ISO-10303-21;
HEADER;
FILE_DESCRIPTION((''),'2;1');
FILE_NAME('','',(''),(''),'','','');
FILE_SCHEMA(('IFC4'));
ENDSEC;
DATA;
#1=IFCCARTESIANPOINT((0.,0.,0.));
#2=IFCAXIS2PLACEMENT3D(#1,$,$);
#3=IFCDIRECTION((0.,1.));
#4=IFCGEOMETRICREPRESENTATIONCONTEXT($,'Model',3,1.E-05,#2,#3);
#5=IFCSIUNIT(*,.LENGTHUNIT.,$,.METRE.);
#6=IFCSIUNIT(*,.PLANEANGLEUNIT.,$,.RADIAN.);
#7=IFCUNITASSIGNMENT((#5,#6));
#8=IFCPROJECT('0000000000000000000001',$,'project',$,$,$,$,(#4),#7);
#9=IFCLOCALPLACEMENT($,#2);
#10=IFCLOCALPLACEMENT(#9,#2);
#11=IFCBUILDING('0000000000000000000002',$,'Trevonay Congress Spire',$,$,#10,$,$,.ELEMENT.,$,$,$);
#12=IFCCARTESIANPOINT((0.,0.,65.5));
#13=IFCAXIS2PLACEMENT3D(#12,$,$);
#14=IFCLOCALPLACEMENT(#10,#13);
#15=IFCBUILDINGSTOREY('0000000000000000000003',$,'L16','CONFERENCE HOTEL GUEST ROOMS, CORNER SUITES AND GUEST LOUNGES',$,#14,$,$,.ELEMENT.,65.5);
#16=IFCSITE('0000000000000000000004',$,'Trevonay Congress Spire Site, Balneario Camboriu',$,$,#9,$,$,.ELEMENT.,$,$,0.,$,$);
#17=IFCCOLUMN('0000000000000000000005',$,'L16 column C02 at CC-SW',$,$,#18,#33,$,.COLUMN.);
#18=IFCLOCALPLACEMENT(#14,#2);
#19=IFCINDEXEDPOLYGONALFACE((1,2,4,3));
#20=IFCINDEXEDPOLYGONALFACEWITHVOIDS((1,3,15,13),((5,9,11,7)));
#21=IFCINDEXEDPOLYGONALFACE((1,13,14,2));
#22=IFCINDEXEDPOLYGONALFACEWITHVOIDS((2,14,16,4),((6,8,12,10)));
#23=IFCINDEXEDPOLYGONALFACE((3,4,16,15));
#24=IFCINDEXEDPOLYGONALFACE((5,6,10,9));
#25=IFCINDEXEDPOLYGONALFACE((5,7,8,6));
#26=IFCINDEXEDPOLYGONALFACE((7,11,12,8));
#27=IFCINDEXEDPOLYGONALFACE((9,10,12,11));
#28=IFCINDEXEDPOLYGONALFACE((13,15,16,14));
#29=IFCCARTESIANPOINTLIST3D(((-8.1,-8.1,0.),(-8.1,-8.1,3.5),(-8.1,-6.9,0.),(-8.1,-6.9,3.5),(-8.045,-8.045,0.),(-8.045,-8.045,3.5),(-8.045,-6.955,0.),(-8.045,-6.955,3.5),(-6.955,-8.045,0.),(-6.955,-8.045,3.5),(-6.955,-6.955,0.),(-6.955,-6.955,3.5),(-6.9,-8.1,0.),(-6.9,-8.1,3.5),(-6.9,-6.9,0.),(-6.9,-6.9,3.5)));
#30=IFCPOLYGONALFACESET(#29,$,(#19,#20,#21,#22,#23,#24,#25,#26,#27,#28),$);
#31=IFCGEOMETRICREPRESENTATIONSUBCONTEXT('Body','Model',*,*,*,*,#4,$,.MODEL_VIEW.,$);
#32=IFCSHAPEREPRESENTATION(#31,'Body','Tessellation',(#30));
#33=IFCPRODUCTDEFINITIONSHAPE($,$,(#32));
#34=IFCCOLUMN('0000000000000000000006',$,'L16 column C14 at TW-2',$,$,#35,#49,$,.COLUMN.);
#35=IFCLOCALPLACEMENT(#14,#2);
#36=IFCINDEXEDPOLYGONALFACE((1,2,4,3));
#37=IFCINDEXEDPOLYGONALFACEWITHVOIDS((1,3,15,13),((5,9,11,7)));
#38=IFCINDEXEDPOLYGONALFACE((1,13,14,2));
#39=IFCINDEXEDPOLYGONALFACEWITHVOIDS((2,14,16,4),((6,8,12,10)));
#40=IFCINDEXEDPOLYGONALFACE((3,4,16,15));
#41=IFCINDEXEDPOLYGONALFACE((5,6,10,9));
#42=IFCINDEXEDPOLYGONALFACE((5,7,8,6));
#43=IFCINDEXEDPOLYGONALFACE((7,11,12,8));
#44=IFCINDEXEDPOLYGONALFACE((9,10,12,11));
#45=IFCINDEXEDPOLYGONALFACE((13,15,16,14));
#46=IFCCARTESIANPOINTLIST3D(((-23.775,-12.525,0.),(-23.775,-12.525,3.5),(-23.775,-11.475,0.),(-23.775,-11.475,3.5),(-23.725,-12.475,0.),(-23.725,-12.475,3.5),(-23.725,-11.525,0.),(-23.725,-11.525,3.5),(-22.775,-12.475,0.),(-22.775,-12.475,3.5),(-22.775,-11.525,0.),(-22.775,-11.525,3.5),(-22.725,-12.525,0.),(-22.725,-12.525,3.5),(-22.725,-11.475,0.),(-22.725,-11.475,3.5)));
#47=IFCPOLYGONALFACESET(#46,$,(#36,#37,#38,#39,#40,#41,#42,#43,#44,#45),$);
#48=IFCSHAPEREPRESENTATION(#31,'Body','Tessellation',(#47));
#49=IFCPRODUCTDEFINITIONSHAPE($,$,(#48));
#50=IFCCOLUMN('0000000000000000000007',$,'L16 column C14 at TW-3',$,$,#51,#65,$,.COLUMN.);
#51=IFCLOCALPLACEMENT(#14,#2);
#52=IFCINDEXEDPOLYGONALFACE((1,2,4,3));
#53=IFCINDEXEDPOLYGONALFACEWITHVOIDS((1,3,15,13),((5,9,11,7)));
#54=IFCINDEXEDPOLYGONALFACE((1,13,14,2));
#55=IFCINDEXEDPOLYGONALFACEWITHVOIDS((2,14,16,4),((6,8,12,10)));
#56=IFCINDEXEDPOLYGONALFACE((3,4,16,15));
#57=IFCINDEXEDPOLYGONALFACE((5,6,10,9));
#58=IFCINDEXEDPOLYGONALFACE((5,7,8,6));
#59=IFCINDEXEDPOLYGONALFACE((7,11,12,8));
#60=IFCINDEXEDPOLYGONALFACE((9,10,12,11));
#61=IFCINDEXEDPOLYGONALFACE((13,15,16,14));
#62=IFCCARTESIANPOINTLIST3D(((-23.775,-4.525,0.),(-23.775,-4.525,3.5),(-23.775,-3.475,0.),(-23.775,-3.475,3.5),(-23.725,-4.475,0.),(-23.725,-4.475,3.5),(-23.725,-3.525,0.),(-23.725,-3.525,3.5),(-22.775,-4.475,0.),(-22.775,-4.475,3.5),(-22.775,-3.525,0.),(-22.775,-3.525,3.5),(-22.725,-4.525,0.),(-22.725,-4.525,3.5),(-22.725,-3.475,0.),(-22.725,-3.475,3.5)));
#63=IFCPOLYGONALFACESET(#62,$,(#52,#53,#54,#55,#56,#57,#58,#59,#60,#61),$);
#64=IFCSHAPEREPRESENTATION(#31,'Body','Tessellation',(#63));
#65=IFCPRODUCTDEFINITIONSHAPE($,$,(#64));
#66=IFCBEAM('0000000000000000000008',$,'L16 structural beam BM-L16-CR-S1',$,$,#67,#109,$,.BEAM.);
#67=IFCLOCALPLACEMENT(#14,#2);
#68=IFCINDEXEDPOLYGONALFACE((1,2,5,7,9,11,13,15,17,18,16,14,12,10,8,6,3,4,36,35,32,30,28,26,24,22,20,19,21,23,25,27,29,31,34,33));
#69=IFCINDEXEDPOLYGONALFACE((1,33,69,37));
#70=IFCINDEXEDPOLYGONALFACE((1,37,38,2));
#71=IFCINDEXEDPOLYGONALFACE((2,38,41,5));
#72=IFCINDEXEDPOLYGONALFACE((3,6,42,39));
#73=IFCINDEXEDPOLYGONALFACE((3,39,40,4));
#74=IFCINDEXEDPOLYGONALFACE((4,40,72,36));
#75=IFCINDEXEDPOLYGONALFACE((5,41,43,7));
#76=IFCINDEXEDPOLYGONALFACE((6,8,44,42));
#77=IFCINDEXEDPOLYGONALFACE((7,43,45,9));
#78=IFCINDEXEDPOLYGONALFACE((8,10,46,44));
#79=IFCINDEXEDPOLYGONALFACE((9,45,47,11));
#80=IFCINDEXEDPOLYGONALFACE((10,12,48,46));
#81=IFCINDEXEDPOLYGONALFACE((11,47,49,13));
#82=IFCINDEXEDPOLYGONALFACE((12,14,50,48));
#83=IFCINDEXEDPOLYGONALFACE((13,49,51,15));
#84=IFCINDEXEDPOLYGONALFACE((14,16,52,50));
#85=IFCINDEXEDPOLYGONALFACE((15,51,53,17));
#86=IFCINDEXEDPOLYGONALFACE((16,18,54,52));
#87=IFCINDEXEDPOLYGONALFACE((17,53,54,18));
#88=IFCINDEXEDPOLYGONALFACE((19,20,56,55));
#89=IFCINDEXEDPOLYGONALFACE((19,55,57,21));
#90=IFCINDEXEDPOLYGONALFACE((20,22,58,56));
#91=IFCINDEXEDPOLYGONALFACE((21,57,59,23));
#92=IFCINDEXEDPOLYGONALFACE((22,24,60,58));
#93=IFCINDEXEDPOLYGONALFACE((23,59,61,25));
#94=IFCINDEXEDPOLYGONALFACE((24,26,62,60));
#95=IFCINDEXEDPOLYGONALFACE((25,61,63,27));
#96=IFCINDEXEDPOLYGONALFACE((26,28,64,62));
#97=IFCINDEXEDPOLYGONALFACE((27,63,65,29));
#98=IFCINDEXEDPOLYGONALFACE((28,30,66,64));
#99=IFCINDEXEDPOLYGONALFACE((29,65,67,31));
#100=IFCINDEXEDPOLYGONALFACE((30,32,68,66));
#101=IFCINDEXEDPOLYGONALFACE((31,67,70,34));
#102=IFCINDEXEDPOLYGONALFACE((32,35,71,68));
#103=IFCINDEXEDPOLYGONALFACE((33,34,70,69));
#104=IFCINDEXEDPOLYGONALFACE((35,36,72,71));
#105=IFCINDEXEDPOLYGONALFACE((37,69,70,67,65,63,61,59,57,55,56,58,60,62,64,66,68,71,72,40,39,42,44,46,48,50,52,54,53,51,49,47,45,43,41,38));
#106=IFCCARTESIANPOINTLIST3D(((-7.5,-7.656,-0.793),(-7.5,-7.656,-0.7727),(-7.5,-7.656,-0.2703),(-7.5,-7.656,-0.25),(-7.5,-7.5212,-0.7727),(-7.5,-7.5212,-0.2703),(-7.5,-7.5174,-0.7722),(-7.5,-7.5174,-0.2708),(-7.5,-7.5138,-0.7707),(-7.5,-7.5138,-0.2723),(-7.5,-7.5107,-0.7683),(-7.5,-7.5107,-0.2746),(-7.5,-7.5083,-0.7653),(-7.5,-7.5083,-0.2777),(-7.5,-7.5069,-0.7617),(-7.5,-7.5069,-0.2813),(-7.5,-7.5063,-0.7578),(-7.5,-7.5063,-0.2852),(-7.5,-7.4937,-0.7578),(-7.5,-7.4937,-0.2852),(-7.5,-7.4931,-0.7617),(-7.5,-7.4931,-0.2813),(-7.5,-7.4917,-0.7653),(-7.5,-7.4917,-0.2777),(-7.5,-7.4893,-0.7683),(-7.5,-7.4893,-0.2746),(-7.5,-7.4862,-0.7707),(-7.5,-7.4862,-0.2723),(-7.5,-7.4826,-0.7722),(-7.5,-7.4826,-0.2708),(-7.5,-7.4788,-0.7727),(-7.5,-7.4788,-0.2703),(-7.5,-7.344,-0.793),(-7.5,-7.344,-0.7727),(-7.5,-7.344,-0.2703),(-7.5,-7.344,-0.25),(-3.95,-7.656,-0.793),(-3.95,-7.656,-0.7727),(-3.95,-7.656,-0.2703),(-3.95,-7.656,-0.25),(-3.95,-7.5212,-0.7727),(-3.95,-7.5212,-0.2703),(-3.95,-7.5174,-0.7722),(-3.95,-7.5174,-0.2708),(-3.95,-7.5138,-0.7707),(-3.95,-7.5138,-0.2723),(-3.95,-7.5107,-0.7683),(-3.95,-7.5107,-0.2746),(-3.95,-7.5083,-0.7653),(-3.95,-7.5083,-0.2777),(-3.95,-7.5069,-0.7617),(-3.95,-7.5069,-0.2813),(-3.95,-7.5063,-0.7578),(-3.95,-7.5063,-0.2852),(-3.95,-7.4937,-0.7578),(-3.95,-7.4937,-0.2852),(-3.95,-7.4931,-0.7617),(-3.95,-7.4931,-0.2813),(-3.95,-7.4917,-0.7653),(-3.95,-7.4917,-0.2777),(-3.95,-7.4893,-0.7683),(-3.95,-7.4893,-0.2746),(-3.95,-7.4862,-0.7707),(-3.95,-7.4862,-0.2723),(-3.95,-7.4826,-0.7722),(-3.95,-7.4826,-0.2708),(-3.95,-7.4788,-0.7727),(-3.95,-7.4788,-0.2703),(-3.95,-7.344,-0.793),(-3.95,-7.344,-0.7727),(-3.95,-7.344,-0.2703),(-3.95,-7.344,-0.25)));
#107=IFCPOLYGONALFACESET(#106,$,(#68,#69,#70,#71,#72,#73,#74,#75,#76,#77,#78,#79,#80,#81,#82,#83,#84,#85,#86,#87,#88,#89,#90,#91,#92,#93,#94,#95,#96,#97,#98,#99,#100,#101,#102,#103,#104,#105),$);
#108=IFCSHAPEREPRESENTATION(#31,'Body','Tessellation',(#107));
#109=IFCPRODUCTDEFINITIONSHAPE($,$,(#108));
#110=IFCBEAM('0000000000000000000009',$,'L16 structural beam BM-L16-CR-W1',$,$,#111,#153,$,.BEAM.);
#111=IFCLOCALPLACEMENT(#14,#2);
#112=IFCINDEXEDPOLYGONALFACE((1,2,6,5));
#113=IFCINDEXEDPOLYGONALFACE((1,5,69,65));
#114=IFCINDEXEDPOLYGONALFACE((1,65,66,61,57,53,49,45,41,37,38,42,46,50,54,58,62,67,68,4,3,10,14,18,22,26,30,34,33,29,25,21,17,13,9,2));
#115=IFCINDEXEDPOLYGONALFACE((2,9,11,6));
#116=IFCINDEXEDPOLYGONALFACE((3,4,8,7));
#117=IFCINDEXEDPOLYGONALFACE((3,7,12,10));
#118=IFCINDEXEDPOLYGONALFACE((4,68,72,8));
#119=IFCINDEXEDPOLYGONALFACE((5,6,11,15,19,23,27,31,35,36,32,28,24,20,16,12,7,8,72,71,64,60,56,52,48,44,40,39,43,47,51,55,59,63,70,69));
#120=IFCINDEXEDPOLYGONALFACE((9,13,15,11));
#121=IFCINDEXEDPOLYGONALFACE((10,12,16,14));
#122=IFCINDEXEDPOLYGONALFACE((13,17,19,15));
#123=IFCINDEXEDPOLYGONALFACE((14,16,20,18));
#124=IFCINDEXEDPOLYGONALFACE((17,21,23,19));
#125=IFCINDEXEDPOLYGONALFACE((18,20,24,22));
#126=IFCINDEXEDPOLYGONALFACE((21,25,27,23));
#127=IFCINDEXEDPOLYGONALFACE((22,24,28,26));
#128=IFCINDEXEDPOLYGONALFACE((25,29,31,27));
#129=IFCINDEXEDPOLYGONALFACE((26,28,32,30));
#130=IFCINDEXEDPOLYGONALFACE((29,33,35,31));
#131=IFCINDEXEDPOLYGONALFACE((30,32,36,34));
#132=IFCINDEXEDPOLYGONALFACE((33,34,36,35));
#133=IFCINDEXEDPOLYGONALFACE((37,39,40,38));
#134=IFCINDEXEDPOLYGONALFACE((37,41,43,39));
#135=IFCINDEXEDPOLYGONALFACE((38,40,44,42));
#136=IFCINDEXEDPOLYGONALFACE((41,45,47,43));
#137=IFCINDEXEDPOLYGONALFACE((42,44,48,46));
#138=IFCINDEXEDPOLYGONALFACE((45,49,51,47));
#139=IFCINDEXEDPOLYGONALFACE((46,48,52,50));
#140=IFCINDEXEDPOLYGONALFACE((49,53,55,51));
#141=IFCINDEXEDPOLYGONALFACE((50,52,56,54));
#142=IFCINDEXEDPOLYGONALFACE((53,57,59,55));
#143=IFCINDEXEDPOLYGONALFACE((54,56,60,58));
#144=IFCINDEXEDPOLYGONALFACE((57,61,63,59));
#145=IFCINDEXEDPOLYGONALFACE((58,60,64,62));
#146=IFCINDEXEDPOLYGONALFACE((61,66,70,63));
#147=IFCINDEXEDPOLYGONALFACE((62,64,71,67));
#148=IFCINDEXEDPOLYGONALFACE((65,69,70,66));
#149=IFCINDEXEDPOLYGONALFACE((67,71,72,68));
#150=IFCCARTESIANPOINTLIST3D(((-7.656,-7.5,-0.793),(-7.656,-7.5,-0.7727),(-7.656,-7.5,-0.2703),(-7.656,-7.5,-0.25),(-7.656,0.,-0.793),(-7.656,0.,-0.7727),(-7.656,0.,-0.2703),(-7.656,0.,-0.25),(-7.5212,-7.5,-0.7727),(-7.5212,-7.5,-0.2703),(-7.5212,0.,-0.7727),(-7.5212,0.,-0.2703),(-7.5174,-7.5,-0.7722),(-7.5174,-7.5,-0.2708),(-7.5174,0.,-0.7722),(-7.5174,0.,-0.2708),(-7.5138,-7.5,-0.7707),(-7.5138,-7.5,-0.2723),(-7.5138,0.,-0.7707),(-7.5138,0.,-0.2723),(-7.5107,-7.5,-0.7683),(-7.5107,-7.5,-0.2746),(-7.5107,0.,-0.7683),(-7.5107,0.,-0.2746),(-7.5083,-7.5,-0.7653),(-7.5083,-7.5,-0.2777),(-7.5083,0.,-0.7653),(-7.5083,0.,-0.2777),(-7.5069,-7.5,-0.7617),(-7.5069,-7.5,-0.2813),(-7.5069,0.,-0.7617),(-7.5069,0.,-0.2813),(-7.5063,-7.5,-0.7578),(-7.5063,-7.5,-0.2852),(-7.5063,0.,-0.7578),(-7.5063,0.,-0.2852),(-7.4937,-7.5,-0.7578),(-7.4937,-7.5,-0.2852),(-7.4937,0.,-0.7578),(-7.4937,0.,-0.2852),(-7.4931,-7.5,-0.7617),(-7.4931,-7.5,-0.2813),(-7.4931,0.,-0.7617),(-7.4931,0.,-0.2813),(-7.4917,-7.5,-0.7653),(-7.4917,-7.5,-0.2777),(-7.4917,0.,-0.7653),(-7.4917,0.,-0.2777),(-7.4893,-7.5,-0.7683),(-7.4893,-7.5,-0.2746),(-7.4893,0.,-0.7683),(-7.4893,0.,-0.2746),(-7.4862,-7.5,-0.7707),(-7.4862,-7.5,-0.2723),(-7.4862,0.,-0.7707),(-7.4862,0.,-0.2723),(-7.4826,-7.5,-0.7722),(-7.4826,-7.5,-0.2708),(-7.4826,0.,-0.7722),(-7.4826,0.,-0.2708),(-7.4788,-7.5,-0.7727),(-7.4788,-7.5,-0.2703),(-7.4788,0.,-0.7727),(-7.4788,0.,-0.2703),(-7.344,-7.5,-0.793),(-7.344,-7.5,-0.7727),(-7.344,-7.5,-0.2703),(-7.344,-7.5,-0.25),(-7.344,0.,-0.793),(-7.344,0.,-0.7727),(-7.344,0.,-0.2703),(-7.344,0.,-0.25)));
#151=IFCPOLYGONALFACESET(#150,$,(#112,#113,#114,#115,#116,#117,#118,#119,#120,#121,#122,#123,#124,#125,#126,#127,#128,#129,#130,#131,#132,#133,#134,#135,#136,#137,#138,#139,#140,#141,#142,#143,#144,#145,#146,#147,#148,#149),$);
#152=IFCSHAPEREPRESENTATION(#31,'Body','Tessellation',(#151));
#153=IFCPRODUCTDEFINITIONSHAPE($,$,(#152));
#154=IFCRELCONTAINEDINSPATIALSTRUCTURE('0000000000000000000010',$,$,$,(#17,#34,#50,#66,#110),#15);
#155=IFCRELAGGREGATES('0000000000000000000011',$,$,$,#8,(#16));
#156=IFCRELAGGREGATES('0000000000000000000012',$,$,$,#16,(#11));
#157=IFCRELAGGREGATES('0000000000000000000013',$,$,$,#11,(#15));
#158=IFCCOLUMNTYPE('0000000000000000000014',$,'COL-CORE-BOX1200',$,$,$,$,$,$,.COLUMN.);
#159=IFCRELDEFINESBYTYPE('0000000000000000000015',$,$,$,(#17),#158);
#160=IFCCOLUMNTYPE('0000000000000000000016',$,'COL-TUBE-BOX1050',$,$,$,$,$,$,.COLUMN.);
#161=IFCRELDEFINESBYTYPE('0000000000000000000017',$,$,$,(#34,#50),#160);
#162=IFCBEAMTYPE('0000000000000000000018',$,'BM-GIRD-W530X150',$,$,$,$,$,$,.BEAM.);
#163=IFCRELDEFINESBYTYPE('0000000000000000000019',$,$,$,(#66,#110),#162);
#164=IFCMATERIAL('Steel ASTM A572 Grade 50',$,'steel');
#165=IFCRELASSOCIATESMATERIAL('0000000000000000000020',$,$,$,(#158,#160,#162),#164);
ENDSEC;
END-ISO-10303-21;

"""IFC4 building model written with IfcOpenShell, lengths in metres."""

from ifc_helpers import new_model, si_unit, direction, frame, origin, origin_2d, place, context, subcontext, project, spatial, hollow_rectangle, i_section, extrude, material, material_profile, profile_set, type_object, element, save


model = new_model("IFC4")

# Units and contexts
model_context = context("Model", 3, precision=1e-05, world=origin(), true_north=direction((0.0, 1.0)))
body_context = subcontext(model_context, "Body", "Model", "MODEL_VIEW")
ifc_project = project(units=[si_unit("LENGTHUNIT", "METRE"), si_unit("PLANEANGLEUNIT", "RADIAN")], contexts=[model_context])

# Site, building, storey
site_placement = place(None, origin())
site = spatial("IfcSite", under=ifc_project, at=site_placement, Name="Trevonay Congress Spire Site, Balneario Camboriu", CompositionType="ELEMENT", RefElevation=0.0)
building_placement = place(site_placement, origin())
building = spatial("IfcBuilding", under=site, at=building_placement, Name="Trevonay Congress Spire", CompositionType="ELEMENT")
storey_placement = place(building_placement, frame((0.0, 0.0, 65.5)))
storey = spatial("IfcBuildingStorey", under=building, at=storey_placement, Name="L16", Description="CONFERENCE HOTEL GUEST ROOMS, CORNER SUITES AND GUEST LOUNGES", CompositionType="ELEMENT", Elevation=65.5)

# Columns
ifc_material_1 = material(Name="Steel ASTM A572 Grade 50", Category="steel")
ifc_material_profile_1 = material_profile(ifc_material_1, hollow_rectangle(XDim=1.2, YDim=1.2, WallThickness=0.0549, at=origin_2d()), Name="BOX 1200x1200x55")
ifc_profile_set_1 = profile_set([ifc_material_profile_1], Name="Steel ASTM A572 Grade 50")
column_type_1 = type_object("IfcColumnType", Name="COL-CORE-BOX1200", PredefinedType="COLUMN", material=ifc_profile_set_1)
column_placement = place(storey_placement, frame((-7.5, -7.5, 0.0), z_axis=(0.0, 0.0, 1.0), x_axis=(1.0, 0.0, 0.0)))
element("IfcColumn", 1, at=column_placement, inside=storey, type_object=column_type_1, Name="L16 column C02 at CC-SW", PredefinedType="COLUMN", context=body_context, shape_type="SweptSolid", body=[
    extrude(hollow_rectangle(XDim=1.2, YDim=1.2, WallThickness=0.0549, at=origin_2d()), origin(), (0.0, 0.0, 1.0), 3.5),
])
ifc_material_profile_2 = material_profile(ifc_material_1, hollow_rectangle(XDim=1.05, YDim=1.05, WallThickness=0.05, at=origin_2d()), Name="BOX 1050x1050x50")
ifc_profile_set_2 = profile_set([ifc_material_profile_2], Name="Steel ASTM A572 Grade 50")
column_type_2 = type_object("IfcColumnType", Name="COL-TUBE-BOX1050", PredefinedType="COLUMN", material=ifc_profile_set_2)
for number, where, z_axis, x_axis, name in (
    (2, (-23.25, -12.0, 0.0), (0.0, 0.0, 1.0), (1.0, 0.0, 0.0), "L16 column C14 at TW-2"),
    (3, (-23.25, -4.0, 0.0), (0.0, 0.0, 1.0), (1.0, 0.0, 0.0), "L16 column C14 at TW-3"),
):
    element("IfcColumn", number, at=place(storey_placement, frame(where, z_axis=z_axis, x_axis=x_axis)), inside=storey, type_object=column_type_2, Name=name, PredefinedType="COLUMN", context=body_context, shape_type="SweptSolid", body=[
        extrude(hollow_rectangle(XDim=1.05, YDim=1.05, WallThickness=0.05, at=origin_2d()), origin(), (0.0, 0.0, 1.0), 3.5),
    ])

# Beams
ifc_material_profile_3 = material_profile(ifc_material_1, i_section(OverallWidth=0.312, OverallDepth=0.543, WebThickness=0.0127, FlangeThickness=0.0203, FilletRadius=0.0149, at=origin_2d()), Name="W530x150")
ifc_profile_set_3 = profile_set([ifc_material_profile_3], Name="Steel ASTM A572 Grade 50")
beam_type_1 = type_object("IfcBeamType", Name="BM-GIRD-W530X150", PredefinedType="BEAM", material=ifc_profile_set_3)
beam_1_placement = place(storey_placement, frame((-7.5, -7.5, -0.5215), z_axis=(1.0, 0.0, 0.0), x_axis=(0.0, 1.0, 0.0)))
element("IfcBeam", 4, at=beam_1_placement, inside=storey, type_object=beam_type_1, Name="L16 structural beam BM-L16-CR-S1", PredefinedType="BEAM", context=body_context, shape_type="SweptSolid", body=[
    extrude(i_section(OverallWidth=0.312, OverallDepth=0.543, WebThickness=0.0127, FlangeThickness=0.0203, FilletRadius=0.0149, at=origin_2d()), origin(), (0.0, 0.0, 1.0), 3.55),
])
beam_2_placement = place(storey_placement, frame((-7.5, -7.5, -0.5215), z_axis=(0.0, 1.0, 0.0), x_axis=(-1.0, 0.0, 0.0)))
element("IfcBeam", 5, at=beam_2_placement, inside=storey, type_object=beam_type_1, Name="L16 structural beam BM-L16-CR-W1", PredefinedType="BEAM", context=body_context, shape_type="SweptSolid", body=[
    extrude(i_section(OverallWidth=0.312, OverallDepth=0.543, WebThickness=0.0127, FlangeThickness=0.0203, FilletRadius=0.0149, at=origin_2d()), origin(), (0.0, 0.0, 1.0), 7.5),
])

save(model, "model.ifc")
